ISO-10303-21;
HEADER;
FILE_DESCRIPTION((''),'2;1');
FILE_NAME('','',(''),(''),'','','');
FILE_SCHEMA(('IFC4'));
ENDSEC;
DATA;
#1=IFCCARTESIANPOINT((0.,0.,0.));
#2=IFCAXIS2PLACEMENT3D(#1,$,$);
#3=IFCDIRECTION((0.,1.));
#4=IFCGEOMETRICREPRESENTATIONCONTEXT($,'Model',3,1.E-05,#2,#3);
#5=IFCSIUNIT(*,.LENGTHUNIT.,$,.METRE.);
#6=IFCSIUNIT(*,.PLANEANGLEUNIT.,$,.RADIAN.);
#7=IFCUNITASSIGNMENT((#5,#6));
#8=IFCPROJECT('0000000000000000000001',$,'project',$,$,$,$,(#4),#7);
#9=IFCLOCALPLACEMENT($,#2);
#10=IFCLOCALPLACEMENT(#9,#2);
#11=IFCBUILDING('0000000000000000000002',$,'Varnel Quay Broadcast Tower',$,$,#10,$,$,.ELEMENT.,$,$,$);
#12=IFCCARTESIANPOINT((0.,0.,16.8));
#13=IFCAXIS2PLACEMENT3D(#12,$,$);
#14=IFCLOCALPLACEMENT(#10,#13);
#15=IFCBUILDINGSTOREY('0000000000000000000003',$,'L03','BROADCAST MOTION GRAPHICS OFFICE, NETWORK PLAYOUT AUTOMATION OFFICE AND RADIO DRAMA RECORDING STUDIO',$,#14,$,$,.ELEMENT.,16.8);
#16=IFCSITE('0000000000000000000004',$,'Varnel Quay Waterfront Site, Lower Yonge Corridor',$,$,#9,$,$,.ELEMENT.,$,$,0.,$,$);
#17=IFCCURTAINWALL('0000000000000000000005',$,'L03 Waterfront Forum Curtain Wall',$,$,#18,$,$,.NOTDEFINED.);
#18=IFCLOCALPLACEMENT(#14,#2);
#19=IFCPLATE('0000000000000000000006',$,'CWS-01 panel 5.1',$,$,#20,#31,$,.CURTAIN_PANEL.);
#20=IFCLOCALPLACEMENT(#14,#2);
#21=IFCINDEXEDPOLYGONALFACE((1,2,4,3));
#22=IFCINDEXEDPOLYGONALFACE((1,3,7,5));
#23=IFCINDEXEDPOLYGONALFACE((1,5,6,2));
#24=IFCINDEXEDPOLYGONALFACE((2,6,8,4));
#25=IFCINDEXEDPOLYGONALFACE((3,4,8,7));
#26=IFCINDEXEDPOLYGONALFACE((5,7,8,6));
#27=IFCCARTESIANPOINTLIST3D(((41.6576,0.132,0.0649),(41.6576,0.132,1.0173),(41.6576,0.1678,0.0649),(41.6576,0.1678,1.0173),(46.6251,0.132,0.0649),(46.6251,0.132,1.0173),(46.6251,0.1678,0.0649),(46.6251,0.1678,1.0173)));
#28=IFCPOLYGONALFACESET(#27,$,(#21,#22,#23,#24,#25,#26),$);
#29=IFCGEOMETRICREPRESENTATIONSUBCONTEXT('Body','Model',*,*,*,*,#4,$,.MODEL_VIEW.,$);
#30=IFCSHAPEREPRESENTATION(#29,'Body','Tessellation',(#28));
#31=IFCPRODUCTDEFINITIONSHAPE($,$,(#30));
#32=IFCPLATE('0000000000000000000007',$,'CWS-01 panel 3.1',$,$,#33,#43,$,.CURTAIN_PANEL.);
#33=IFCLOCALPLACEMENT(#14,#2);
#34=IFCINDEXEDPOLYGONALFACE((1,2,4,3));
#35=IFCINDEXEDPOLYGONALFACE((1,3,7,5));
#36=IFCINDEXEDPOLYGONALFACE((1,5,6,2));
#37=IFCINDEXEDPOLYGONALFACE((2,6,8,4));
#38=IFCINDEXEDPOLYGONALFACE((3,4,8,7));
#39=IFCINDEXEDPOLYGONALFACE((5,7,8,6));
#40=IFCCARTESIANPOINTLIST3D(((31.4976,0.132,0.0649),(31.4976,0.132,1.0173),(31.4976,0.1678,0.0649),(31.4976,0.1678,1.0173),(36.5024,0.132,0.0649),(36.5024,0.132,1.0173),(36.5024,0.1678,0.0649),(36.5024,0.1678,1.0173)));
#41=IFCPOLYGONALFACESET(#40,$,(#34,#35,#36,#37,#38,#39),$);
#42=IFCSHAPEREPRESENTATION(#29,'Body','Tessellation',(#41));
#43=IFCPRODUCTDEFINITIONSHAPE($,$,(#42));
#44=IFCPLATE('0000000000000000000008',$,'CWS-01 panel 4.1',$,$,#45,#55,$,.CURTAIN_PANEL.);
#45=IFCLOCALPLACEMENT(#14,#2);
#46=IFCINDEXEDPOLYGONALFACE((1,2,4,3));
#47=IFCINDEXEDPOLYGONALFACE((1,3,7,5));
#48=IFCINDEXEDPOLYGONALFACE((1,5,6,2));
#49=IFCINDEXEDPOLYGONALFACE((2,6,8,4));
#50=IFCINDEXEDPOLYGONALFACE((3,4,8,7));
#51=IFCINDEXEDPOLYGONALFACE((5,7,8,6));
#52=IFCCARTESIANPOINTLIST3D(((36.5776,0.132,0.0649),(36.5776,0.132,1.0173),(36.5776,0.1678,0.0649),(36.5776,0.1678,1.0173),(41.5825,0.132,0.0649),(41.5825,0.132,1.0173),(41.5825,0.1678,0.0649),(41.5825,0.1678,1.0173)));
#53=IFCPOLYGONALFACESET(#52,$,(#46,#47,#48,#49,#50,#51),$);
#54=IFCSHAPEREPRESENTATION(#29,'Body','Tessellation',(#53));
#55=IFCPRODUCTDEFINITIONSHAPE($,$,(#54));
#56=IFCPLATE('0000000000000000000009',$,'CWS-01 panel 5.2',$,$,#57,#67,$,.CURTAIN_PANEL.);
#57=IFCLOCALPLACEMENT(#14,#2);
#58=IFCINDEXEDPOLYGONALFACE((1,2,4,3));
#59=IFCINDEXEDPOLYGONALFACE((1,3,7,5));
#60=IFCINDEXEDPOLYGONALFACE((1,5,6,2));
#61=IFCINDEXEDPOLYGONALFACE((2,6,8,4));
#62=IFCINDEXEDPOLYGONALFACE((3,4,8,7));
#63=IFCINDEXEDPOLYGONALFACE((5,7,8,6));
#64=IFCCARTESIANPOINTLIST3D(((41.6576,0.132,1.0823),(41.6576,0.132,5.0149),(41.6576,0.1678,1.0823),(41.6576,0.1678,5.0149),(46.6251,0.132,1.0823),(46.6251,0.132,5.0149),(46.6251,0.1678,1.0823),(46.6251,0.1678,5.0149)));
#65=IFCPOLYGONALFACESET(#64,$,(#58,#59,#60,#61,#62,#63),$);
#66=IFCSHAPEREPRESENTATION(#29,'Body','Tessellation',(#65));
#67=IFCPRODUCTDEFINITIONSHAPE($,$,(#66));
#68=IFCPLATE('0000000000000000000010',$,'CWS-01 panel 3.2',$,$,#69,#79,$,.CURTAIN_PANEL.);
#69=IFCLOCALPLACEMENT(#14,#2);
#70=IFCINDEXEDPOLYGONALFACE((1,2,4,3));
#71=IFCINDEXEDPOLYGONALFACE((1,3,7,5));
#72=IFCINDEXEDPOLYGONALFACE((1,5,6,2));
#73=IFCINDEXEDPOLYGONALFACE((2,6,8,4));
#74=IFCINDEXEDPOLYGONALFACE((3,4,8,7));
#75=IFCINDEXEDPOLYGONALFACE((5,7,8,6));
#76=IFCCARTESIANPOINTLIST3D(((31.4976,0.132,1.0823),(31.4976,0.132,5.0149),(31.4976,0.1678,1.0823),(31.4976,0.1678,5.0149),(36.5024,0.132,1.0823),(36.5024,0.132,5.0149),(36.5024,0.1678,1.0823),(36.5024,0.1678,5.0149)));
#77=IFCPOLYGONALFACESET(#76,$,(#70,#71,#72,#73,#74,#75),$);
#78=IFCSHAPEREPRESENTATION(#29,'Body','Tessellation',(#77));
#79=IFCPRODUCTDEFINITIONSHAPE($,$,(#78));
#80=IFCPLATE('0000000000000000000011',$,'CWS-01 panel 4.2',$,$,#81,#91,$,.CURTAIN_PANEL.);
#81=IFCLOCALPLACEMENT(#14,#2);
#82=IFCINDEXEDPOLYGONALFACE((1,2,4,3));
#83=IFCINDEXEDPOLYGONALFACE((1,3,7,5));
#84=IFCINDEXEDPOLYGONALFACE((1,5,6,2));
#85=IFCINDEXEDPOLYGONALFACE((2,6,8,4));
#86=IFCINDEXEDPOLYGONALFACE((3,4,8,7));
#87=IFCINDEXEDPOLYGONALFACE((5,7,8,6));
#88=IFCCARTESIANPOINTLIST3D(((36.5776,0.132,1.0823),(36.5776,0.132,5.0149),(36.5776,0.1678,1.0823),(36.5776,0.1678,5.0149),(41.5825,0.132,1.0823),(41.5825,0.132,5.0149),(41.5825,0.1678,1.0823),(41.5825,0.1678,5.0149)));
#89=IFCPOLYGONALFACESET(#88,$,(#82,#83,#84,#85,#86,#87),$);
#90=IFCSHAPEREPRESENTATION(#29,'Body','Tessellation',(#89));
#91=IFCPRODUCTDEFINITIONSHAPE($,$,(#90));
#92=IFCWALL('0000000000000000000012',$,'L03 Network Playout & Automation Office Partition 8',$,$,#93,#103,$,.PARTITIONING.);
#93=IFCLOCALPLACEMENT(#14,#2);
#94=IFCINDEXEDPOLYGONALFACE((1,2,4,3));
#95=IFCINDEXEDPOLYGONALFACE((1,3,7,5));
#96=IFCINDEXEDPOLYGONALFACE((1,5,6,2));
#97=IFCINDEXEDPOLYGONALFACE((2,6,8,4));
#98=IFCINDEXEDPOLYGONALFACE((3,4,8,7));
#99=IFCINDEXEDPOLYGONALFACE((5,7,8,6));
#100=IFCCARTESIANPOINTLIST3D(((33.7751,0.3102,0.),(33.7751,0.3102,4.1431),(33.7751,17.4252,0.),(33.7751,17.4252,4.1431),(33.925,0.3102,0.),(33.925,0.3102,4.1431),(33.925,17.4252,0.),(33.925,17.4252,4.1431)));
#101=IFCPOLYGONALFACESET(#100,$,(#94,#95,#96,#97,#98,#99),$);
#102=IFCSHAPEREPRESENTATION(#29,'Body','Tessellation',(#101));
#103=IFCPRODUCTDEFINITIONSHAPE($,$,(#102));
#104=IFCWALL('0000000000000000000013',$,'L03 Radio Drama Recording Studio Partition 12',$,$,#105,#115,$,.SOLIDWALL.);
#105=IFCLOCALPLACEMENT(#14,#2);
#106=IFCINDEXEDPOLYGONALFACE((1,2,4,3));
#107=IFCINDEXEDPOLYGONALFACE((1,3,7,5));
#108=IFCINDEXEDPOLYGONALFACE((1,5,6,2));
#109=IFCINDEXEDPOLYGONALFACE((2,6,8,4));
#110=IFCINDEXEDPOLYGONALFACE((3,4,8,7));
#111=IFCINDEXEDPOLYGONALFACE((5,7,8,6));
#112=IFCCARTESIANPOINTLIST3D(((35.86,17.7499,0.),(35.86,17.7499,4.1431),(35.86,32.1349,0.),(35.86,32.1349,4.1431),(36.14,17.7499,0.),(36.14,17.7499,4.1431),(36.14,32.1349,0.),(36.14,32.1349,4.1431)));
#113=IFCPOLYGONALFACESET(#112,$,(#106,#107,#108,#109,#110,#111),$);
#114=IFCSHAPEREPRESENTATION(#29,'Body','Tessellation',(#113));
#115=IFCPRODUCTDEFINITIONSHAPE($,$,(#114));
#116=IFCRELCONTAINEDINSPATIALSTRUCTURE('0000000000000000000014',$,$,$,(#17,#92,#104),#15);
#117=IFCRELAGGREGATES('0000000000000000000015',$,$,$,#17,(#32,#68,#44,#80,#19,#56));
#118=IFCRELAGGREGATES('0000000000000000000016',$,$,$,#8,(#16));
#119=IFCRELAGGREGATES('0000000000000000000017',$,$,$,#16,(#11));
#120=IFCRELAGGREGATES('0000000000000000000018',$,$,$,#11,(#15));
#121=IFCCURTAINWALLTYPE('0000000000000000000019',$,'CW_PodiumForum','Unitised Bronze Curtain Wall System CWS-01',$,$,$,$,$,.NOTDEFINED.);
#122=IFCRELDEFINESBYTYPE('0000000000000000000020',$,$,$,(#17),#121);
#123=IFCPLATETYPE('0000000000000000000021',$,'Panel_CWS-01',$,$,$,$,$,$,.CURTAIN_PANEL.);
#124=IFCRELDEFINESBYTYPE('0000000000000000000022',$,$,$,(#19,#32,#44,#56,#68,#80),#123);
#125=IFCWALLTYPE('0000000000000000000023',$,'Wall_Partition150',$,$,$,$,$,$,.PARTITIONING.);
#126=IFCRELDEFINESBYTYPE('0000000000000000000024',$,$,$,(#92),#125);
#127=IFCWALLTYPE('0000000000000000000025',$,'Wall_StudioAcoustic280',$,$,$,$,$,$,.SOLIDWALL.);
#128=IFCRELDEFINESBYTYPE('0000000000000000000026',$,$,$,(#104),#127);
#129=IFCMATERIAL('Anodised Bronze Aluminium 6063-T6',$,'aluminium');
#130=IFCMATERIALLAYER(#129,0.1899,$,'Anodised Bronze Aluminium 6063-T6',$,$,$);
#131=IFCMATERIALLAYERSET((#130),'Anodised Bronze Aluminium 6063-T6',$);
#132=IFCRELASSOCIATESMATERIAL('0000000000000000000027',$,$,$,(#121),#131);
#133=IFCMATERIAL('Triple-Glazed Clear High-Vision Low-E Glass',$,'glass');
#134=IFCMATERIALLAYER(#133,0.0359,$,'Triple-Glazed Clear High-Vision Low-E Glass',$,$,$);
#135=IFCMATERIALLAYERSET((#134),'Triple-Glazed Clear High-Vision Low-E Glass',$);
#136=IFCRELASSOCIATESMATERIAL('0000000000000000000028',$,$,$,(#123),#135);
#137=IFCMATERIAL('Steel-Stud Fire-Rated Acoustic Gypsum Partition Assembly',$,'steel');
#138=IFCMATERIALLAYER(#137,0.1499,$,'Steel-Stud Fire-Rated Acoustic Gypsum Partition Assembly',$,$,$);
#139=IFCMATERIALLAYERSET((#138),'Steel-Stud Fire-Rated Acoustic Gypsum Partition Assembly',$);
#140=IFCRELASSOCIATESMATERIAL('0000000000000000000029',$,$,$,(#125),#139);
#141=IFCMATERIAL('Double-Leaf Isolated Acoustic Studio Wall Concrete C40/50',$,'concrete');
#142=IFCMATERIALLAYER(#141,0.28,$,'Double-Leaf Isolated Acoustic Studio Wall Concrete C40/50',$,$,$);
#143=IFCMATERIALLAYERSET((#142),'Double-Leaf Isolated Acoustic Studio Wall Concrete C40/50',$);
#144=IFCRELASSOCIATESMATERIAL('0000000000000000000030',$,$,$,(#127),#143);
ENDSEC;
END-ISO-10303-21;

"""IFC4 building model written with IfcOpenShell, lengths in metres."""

from ifc_helpers import new_model, si_unit, direction, frame, frame_2d, origin, origin_2d, place, context, subcontext, project, spatial, rectangle, extrude, source, transform, mapped, material, layer, layer_set, type_object, type_shapes, element, aggregate, save


model = new_model("IFC4")

# Units and contexts
model_context = context("Model", 3, precision=1e-05, world=origin(), true_north=direction((0.0, 1.0)))
body_context = subcontext(model_context, "Body", "Model", "MODEL_VIEW")
ifc_project = project(units=[si_unit("LENGTHUNIT", "METRE"), si_unit("PLANEANGLEUNIT", "RADIAN")], contexts=[model_context])

# Site, building, storey
site_placement = place(None, origin())
site = spatial("IfcSite", under=ifc_project, at=site_placement, Name="Varnel Quay Waterfront Site, Lower Yonge Corridor", CompositionType="ELEMENT", RefElevation=0.0)
building_placement = place(site_placement, origin())
building = spatial("IfcBuilding", under=site, at=building_placement, Name="Varnel Quay Broadcast Tower", CompositionType="ELEMENT")
storey_placement = place(building_placement, frame((0.0, 0.0, 16.8)))
storey = spatial("IfcBuildingStorey", under=building, at=storey_placement, Name="L03", Description="BROADCAST MOTION GRAPHICS OFFICE, NETWORK PLAYOUT AUTOMATION OFFICE AND RADIO DRAMA RECORDING STUDIO", CompositionType="ELEMENT", Elevation=16.8)

# Curtain wall, plates
ifc_material_1 = material(Name="Anodised Bronze Aluminium 6063-T6", Category="aluminium")
ifc_layer_1 = layer(ifc_material_1, 0.1899, Name="Anodised Bronze Aluminium 6063-T6")
ifc_layer_set_1 = layer_set([ifc_layer_1], Name="Anodised Bronze Aluminium 6063-T6")
curtain_wall_type = type_object("IfcCurtainWallType", Name="CW_PodiumForum", Description="Unitised Bronze Curtain Wall System CWS-01", PredefinedType="NOTDEFINED", material=ifc_layer_set_1)
curtain_wall_placement = place(storey_placement, origin())
curtain_wall = element("IfcCurtainWall", 1, at=curtain_wall_placement, inside=storey, type_object=curtain_wall_type, Name="L03 Waterfront Forum Curtain Wall", PredefinedType="NOTDEFINED")
ifc_material_2 = material(Name="Triple-Glazed Clear High-Vision Low-E Glass", Category="glass")
ifc_layer_2 = layer(ifc_material_2, 0.0359, Name="Triple-Glazed Clear High-Vision Low-E Glass")
ifc_layer_set_2 = layer_set([ifc_layer_2], Name="Triple-Glazed Clear High-Vision Low-E Glass")
plate_type = type_object("IfcPlateType", Name="Panel_CWS-01", PredefinedType="CURTAIN_PANEL", material=ifc_layer_set_2)
shared_shape_1 = source(origin(), body_context, "Body", "SweptSolid", [
    extrude(rectangle(XDim=4.9675, YDim=0.0359, at=origin_2d()), origin(), (0.0, 0.0, 1.0), 0.9524),
])
plate_1_placement = place(storey_placement, frame((44.1414, 0.1499, 0.0649), z_axis=(0.0, 0.0, 1.0), x_axis=(1.0, 0.0, 0.0)))
plate_1 = element("IfcPlate", 2, at=plate_1_placement, type_object=plate_type, Name="CWS-01 panel 5.1", PredefinedType="CURTAIN_PANEL", context=body_context, shape_type="MappedRepresentation", body=[
    mapped(shared_shape_1, transform((0.0, 0.0, 0.0), x_axis=(1.0, 0.0, 0.0), y_axis=(0.0, 1.0, 0.0), z_axis=(0.0, 0.0, 1.0), scale=1.0)),
])
shared_shape_2 = source(origin(), body_context, "Body", "SweptSolid", [
    extrude(rectangle(XDim=5.0049, YDim=0.0359, at=origin_2d()), origin(), (0.0, 0.0, 1.0), 0.9524),
])
plate_2_placement = place(storey_placement, frame((34.0, 0.1499, 0.0649), z_axis=(0.0, 0.0, 1.0), x_axis=(1.0, 0.0, 0.0)))
plate_2 = element("IfcPlate", 3, at=plate_2_placement, type_object=plate_type, Name="CWS-01 panel 3.1", PredefinedType="CURTAIN_PANEL", context=body_context, shape_type="MappedRepresentation", body=[
    mapped(shared_shape_2, transform((0.0, 0.0, 0.0), x_axis=(1.0, 0.0, 0.0), y_axis=(0.0, 1.0, 0.0), z_axis=(0.0, 0.0, 1.0), scale=1.0)),
])
plate_3_placement = place(storey_placement, frame((39.0801, 0.1499, 0.0649), z_axis=(0.0, 0.0, 1.0), x_axis=(1.0, 0.0, 0.0)))
plate_3 = element("IfcPlate", 4, at=plate_3_placement, type_object=plate_type, Name="CWS-01 panel 4.1", PredefinedType="CURTAIN_PANEL", context=body_context, shape_type="MappedRepresentation", body=[
    mapped(shared_shape_2, transform((0.0, 0.0, 0.0), x_axis=(1.0, 0.0, 0.0), y_axis=(0.0, 1.0, 0.0), z_axis=(0.0, 0.0, 1.0), scale=1.0)),
])
shared_shape_3 = source(origin(), body_context, "Body", "SweptSolid", [
    extrude(rectangle(XDim=4.9675, YDim=0.0359, at=origin_2d()), origin(), (0.0, 0.0, 1.0), 3.9326),
])
plate_4_placement = place(storey_placement, frame((44.1414, 0.1499, 1.0823), z_axis=(0.0, 0.0, 1.0), x_axis=(1.0, 0.0, 0.0)))
plate_4 = element("IfcPlate", 5, at=plate_4_placement, type_object=plate_type, Name="CWS-01 panel 5.2", PredefinedType="CURTAIN_PANEL", context=body_context, shape_type="MappedRepresentation", body=[
    mapped(shared_shape_3, transform((0.0, 0.0, 0.0), x_axis=(1.0, 0.0, 0.0), y_axis=(0.0, 1.0, 0.0), z_axis=(0.0, 0.0, 1.0), scale=1.0)),
])
shared_shape_4 = source(origin(), body_context, "Body", "SweptSolid", [
    extrude(rectangle(XDim=5.0049, YDim=0.0359, at=origin_2d()), origin(), (0.0, 0.0, 1.0), 3.9326),
])
type_shapes(plate_type, [shared_shape_1, shared_shape_2, shared_shape_3, shared_shape_4])
plate_5_placement = place(storey_placement, frame((34.0, 0.1499, 1.0823), z_axis=(0.0, 0.0, 1.0), x_axis=(1.0, 0.0, 0.0)))
plate_5 = element("IfcPlate", 6, at=plate_5_placement, type_object=plate_type, Name="CWS-01 panel 3.2", PredefinedType="CURTAIN_PANEL", context=body_context, shape_type="MappedRepresentation", body=[
    mapped(shared_shape_4, transform((0.0, 0.0, 0.0), x_axis=(1.0, 0.0, 0.0), y_axis=(0.0, 1.0, 0.0), z_axis=(0.0, 0.0, 1.0), scale=1.0)),
])
plate_6_placement = place(storey_placement, frame((39.0801, 0.1499, 1.0823), z_axis=(0.0, 0.0, 1.0), x_axis=(1.0, 0.0, 0.0)))
plate_6 = element("IfcPlate", 7, at=plate_6_placement, type_object=plate_type, Name="CWS-01 panel 4.2", PredefinedType="CURTAIN_PANEL", context=body_context, shape_type="MappedRepresentation", body=[
    mapped(shared_shape_4, transform((0.0, 0.0, 0.0), x_axis=(1.0, 0.0, 0.0), y_axis=(0.0, 1.0, 0.0), z_axis=(0.0, 0.0, 1.0), scale=1.0)),
])
aggregate(curtain_wall, [plate_2, plate_5, plate_3, plate_6, plate_1, plate_4])

# Walls
ifc_material_3 = material(Name="Steel-Stud Fire-Rated Acoustic Gypsum Partition Assembly", Category="steel")
ifc_layer_3 = layer(ifc_material_3, 0.1499, Name="Steel-Stud Fire-Rated Acoustic Gypsum Partition Assembly")
ifc_layer_set_3 = layer_set([ifc_layer_3], Name="Steel-Stud Fire-Rated Acoustic Gypsum Partition Assembly")
wall_type_1 = type_object("IfcWallType", Name="Wall_Partition150", PredefinedType="PARTITIONING", material=ifc_layer_set_3)
wall_1_placement = place(storey_placement, frame((33.8501, 0.3101, 0.0), z_axis=(0.0, 0.0, 1.0), x_axis=(0.0, 1.0, 0.0)))
element("IfcWall", 8, at=wall_1_placement, inside=storey, type_object=wall_type_1, Name="L03 Network Playout & Automation Office Partition 8", PredefinedType="PARTITIONING", context=body_context, shape_type="SweptSolid", body=[
    extrude(rectangle(XDim=17.115, YDim=0.1499, at=frame_2d((8.5576, 0.0))), origin(), (0.0, 0.0, 1.0), 4.1431),
])
ifc_material_4 = material(Name="Double-Leaf Isolated Acoustic Studio Wall Concrete C40/50", Category="concrete")
ifc_layer_4 = layer(ifc_material_4, 0.28, Name="Double-Leaf Isolated Acoustic Studio Wall Concrete C40/50")
ifc_layer_set_4 = layer_set([ifc_layer_4], Name="Double-Leaf Isolated Acoustic Studio Wall Concrete C40/50")
wall_type_2 = type_object("IfcWallType", Name="Wall_StudioAcoustic280", PredefinedType="SOLIDWALL", material=ifc_layer_set_4)
wall_2_placement = place(storey_placement, frame((36.0, 17.75, 0.0), z_axis=(0.0, 0.0, 1.0), x_axis=(0.0, 1.0, 0.0)))
element("IfcWall", 9, at=wall_2_placement, inside=storey, type_object=wall_type_2, Name="L03 Radio Drama Recording Studio Partition 12", PredefinedType="SOLIDWALL", context=body_context, shape_type="SweptSolid", body=[
    extrude(rectangle(XDim=14.385, YDim=0.28, at=frame_2d((7.1924, 0.0))), origin(), (0.0, 0.0, 1.0), 4.1431),
])

save(model, "model.ifc")
